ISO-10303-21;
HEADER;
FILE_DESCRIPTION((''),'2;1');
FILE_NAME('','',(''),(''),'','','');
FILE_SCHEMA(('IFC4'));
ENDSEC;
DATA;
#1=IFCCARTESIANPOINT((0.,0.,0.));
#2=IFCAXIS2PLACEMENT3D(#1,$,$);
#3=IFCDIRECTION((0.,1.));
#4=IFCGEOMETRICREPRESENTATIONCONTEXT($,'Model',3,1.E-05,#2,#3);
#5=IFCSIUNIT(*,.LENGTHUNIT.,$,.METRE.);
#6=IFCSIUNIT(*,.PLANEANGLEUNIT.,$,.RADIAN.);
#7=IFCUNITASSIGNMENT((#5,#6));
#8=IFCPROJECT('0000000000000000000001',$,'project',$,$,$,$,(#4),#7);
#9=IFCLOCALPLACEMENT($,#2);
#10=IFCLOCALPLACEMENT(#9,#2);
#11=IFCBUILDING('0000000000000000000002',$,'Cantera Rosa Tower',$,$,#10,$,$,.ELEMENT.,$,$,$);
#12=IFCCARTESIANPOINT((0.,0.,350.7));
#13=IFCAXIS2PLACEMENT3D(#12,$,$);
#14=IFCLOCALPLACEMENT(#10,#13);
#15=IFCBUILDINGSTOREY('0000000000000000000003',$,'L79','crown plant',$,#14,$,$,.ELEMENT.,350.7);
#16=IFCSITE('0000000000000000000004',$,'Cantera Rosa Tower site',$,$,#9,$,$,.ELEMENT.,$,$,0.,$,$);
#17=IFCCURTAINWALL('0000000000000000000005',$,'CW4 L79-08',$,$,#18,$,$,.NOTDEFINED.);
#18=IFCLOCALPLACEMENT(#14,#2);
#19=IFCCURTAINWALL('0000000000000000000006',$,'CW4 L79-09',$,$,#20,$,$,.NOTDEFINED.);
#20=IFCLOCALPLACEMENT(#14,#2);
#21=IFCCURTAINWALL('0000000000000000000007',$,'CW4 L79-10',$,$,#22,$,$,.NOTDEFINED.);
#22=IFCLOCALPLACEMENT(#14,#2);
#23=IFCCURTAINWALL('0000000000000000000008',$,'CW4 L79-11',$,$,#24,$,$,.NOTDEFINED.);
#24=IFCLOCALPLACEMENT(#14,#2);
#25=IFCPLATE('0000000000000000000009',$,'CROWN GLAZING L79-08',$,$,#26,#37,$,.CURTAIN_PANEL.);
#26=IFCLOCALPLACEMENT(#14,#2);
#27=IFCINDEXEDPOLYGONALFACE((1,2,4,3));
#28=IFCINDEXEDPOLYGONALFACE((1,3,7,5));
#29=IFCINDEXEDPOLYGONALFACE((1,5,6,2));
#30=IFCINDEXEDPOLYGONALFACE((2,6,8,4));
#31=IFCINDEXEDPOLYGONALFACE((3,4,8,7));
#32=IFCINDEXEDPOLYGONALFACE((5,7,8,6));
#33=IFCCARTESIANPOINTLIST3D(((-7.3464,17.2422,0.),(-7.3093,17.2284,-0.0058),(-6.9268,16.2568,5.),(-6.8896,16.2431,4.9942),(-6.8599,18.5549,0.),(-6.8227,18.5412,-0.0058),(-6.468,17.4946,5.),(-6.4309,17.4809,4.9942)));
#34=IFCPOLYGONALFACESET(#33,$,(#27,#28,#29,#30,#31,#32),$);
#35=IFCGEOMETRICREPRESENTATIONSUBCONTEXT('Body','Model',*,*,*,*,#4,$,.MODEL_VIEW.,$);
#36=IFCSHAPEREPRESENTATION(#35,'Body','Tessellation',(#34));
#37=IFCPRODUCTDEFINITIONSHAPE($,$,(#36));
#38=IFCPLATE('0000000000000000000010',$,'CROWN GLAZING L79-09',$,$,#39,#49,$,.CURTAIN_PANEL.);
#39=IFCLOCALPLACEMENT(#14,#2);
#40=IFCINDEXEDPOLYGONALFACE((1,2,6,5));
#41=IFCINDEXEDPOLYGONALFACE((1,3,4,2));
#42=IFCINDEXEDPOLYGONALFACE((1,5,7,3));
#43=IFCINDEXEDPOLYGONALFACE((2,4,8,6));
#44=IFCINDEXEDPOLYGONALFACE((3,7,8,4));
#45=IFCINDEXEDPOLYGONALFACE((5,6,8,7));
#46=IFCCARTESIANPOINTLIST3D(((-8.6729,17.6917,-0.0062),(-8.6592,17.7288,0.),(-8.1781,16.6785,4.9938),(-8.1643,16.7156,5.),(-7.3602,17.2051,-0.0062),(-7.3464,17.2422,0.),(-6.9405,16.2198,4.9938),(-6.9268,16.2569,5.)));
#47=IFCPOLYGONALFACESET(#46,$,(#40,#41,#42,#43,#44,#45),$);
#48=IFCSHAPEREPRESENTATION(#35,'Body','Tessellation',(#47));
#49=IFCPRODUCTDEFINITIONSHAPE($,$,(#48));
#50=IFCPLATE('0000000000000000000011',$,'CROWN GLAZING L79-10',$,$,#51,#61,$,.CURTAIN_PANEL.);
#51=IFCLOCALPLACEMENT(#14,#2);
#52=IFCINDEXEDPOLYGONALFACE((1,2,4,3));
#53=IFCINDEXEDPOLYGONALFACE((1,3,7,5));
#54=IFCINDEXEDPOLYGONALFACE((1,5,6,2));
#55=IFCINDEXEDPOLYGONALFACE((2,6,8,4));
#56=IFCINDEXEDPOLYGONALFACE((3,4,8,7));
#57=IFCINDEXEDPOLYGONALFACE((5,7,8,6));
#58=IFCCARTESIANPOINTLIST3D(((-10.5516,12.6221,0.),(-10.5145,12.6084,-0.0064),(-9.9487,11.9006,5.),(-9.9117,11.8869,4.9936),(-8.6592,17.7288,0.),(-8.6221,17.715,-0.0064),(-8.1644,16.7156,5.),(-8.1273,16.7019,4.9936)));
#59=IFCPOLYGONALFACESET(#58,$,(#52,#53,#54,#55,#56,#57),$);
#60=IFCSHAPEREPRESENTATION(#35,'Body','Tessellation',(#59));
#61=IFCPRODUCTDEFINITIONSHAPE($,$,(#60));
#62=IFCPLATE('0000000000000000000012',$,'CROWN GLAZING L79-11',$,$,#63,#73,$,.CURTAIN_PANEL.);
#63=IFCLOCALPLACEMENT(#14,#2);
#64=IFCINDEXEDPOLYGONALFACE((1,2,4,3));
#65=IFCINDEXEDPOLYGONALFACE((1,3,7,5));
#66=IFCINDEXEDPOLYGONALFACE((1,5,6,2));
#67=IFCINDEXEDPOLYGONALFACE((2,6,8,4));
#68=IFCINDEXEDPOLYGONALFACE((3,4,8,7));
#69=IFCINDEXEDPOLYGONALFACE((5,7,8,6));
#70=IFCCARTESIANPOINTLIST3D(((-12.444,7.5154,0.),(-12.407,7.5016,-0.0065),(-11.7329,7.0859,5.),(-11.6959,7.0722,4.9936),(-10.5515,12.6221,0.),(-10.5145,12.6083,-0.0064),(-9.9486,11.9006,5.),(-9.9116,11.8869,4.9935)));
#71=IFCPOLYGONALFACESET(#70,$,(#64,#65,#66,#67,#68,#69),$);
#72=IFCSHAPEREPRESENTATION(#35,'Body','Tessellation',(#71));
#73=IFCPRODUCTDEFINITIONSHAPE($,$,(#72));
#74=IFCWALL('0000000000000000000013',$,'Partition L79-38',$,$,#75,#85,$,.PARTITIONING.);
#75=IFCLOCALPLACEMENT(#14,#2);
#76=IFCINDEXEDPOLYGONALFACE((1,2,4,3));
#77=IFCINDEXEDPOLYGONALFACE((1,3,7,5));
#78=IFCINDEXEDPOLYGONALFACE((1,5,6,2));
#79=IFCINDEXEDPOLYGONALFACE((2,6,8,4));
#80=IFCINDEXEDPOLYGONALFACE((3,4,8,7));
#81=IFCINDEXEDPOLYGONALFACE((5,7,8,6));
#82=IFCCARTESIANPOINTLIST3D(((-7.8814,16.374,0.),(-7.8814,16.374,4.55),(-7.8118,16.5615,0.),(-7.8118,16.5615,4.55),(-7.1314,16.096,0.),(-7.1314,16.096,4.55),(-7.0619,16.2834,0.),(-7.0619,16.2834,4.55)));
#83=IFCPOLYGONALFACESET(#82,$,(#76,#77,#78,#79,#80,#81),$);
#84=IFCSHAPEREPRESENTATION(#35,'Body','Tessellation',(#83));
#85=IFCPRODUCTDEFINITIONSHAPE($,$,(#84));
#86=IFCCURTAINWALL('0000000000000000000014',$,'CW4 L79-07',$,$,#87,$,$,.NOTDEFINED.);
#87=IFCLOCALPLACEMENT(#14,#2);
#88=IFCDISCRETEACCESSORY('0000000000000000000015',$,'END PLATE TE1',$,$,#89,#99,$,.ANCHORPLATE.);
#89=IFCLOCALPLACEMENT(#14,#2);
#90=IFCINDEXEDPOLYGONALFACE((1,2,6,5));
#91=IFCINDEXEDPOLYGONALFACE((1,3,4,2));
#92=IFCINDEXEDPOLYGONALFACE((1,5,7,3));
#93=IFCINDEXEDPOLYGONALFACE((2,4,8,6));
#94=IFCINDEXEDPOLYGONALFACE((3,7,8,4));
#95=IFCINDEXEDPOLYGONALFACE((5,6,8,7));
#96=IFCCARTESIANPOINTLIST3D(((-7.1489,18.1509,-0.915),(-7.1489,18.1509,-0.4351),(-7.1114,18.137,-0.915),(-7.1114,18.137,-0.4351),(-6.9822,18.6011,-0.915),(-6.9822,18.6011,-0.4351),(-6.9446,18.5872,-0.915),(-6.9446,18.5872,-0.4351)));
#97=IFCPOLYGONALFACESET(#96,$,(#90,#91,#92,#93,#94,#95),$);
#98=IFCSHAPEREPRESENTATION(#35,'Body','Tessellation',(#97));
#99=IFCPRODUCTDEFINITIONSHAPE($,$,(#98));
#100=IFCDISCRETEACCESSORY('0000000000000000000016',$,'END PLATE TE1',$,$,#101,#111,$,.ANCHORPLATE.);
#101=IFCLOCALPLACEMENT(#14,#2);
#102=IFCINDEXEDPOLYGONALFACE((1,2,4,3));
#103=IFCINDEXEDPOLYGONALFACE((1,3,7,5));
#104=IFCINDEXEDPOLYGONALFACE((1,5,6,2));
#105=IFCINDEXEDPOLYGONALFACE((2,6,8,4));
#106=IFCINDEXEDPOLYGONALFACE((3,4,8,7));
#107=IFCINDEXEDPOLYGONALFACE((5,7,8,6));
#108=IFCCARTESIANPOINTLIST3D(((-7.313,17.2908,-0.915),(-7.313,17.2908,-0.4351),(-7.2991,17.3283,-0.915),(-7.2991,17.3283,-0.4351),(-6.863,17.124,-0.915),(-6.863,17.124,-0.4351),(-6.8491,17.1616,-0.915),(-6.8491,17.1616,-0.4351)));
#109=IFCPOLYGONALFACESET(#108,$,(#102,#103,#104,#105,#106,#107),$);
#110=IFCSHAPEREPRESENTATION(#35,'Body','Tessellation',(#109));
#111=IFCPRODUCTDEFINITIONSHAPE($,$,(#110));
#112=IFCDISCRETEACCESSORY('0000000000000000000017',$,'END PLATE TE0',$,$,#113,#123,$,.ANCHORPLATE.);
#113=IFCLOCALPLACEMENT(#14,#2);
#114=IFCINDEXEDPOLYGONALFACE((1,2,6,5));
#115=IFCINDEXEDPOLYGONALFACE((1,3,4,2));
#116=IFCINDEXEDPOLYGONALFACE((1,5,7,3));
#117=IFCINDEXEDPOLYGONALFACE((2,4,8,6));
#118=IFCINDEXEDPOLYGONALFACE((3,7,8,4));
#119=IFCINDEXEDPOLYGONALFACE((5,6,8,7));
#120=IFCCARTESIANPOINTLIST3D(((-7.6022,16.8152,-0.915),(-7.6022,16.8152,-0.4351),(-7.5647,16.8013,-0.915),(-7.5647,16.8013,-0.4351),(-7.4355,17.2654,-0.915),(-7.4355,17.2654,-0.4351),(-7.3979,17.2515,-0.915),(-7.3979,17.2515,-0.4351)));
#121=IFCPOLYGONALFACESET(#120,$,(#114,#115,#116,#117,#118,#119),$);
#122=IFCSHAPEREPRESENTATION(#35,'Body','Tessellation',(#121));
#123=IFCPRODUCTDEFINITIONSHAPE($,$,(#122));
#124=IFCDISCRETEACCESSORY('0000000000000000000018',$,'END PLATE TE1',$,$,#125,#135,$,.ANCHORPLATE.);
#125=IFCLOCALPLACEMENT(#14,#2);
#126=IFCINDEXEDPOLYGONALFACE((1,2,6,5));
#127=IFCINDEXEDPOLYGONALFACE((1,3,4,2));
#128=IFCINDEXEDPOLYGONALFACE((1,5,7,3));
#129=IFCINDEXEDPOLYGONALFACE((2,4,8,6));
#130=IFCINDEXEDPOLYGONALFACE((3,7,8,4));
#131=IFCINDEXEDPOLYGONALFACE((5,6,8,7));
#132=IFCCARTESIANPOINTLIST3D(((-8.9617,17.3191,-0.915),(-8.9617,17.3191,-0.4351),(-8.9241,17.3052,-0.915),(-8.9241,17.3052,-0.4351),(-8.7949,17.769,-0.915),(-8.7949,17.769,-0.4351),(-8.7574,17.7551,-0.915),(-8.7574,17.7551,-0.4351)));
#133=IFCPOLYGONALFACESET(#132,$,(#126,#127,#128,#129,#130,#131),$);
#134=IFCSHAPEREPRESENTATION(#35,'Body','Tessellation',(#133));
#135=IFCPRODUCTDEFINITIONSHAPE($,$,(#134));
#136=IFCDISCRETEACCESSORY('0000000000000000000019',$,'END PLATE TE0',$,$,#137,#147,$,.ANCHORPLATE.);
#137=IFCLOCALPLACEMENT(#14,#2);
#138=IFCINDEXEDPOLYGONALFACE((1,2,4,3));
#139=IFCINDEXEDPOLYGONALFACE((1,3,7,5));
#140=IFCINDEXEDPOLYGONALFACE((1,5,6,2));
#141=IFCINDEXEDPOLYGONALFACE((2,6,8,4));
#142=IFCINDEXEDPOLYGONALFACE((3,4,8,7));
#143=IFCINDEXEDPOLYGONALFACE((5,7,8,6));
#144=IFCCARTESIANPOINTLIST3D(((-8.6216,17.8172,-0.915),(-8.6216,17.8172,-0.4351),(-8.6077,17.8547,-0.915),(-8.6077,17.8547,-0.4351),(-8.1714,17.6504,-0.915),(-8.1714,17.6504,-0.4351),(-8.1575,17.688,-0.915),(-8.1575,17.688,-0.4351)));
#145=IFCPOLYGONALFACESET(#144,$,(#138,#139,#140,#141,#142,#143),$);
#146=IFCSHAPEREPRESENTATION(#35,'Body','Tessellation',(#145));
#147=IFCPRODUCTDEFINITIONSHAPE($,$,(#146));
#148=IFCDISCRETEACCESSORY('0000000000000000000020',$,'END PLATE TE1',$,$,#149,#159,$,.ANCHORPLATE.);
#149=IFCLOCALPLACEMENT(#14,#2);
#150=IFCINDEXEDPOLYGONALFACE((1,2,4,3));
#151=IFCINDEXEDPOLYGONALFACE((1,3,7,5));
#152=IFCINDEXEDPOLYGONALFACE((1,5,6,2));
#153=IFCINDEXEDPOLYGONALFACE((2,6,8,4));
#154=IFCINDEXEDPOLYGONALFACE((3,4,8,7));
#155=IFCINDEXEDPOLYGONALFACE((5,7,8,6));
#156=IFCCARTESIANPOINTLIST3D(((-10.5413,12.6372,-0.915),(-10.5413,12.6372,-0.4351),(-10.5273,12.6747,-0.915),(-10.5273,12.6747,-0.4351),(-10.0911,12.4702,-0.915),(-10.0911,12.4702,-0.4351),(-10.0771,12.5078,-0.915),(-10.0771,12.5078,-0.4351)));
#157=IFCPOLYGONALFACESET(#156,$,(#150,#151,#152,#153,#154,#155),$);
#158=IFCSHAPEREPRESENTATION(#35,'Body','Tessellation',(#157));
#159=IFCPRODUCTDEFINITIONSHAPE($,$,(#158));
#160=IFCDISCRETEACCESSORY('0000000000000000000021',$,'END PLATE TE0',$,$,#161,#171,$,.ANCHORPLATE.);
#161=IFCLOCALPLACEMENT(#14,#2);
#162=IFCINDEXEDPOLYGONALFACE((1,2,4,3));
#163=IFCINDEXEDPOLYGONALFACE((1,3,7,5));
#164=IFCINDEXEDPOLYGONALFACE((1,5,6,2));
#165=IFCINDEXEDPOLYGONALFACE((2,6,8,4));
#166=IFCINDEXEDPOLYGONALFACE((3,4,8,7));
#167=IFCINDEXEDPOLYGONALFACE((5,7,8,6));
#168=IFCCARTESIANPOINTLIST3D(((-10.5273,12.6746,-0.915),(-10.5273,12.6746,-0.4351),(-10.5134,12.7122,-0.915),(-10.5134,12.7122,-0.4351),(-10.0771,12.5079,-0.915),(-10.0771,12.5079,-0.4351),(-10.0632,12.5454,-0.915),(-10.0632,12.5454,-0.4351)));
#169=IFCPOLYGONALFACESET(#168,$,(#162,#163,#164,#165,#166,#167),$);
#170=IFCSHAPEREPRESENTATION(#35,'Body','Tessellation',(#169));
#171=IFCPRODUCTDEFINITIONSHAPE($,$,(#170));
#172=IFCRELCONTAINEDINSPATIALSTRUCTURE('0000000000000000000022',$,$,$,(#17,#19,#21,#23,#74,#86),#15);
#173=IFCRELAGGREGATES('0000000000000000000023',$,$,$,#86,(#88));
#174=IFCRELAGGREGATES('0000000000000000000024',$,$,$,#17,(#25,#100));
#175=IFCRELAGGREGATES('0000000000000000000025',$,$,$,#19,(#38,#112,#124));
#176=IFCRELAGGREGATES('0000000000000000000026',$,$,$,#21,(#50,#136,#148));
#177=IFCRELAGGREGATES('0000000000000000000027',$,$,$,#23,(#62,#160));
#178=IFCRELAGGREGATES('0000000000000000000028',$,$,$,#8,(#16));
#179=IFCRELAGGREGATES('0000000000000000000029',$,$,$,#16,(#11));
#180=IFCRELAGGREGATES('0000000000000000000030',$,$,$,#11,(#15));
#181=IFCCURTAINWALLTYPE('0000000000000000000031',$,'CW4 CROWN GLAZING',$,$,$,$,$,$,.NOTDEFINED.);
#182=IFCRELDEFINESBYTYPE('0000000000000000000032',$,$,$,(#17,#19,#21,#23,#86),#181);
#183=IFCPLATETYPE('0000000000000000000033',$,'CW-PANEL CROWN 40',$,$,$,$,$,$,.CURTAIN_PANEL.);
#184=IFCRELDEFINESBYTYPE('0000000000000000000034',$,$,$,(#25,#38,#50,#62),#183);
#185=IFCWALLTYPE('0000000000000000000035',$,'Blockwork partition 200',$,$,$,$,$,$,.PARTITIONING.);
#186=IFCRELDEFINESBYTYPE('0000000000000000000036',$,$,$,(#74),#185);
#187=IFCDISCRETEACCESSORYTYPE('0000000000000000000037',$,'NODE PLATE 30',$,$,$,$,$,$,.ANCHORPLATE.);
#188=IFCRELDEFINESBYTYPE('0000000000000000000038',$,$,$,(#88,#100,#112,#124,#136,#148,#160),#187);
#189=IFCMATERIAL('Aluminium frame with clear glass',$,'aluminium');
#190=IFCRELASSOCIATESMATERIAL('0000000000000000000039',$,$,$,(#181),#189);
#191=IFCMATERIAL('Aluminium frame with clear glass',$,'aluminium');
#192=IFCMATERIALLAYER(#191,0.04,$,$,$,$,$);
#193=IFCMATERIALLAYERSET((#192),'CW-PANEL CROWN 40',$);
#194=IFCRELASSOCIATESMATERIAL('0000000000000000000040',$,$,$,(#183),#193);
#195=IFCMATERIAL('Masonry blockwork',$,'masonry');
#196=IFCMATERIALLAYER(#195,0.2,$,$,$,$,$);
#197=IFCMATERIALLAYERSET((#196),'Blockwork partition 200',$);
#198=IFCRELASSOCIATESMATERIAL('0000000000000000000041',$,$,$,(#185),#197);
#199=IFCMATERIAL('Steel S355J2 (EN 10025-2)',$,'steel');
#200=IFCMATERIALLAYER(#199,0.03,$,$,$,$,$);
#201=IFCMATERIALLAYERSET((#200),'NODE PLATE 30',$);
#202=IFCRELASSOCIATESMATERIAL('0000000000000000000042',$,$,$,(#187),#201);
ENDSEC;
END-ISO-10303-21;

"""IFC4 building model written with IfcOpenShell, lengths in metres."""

from ifc_helpers import new_model, si_unit, direction, frame, frame_2d, origin, place, context, subcontext, project, spatial, polyline, rectangle, outline, extrude, material, layer, layer_set, type_object, element, aggregate, save


model = new_model("IFC4")

# Units and contexts
model_context = context("Model", 3, precision=1e-05, world=origin(), true_north=direction((0.0, 1.0)))
body_context = subcontext(model_context, "Body", "Model", "MODEL_VIEW")
ifc_project = project(units=[si_unit("LENGTHUNIT", "METRE"), si_unit("PLANEANGLEUNIT", "RADIAN")], contexts=[model_context])

# Site, building, storey
site_placement = place(None, origin())
site = spatial("IfcSite", under=ifc_project, at=site_placement, Name="Cantera Rosa Tower site", CompositionType="ELEMENT", RefElevation=0.0)
building_placement = place(site_placement, origin())
building = spatial("IfcBuilding", under=site, at=building_placement, Name="Cantera Rosa Tower", CompositionType="ELEMENT")
storey_placement = place(building_placement, frame((0.0, 0.0, 350.7)))
storey = spatial("IfcBuildingStorey", under=building, at=storey_placement, Name="L79", Description="crown plant", CompositionType="ELEMENT", Elevation=350.7)

# Curtain walls
ifc_material_1 = material(Name="Aluminium frame with clear glass", Category="aluminium")
curtain_wall_type = type_object("IfcCurtainWallType", Name="CW4 CROWN GLAZING", PredefinedType="NOTDEFINED", material=ifc_material_1)
curtain_wall_1_placement = place(storey_placement, origin())
curtain_wall_1 = element("IfcCurtainWall", 1, at=curtain_wall_1_placement, inside=storey, type_object=curtain_wall_type, Name="CW4 L79-08", PredefinedType="NOTDEFINED")
curtain_wall_2_placement = place(storey_placement, origin())
curtain_wall_2 = element("IfcCurtainWall", 2, at=curtain_wall_2_placement, inside=storey, type_object=curtain_wall_type, Name="CW4 L79-09", PredefinedType="NOTDEFINED")
curtain_wall_3_placement = place(storey_placement, origin())
curtain_wall_3 = element("IfcCurtainWall", 3, at=curtain_wall_3_placement, inside=storey, type_object=curtain_wall_type, Name="CW4 L79-10", PredefinedType="NOTDEFINED")
curtain_wall_4_placement = place(storey_placement, origin())
curtain_wall_4 = element("IfcCurtainWall", 4, at=curtain_wall_4_placement, inside=storey, type_object=curtain_wall_type, Name="CW4 L79-11", PredefinedType="NOTDEFINED")

# Plates
ifc_material_2 = material(Name="Aluminium frame with clear glass", Category="aluminium")
ifc_layer_1 = layer(ifc_material_2, 0.04)
ifc_layer_set_1 = layer_set([ifc_layer_1], Name="CW-PANEL CROWN 40")
plate_type = type_object("IfcPlateType", Name="CW-PANEL CROWN 40", PredefinedType="CURTAIN_PANEL", material=ifc_layer_set_1)
plate_1_placement = place(storey_placement, frame((-6.8599, 18.5549, 0.0), z_axis=(-0.927674, 0.343826, 0.145618), x_axis=(-0.347531, -0.937668, -0.000003)))
plate_1 = element("IfcPlate", 5, at=plate_1_placement, type_object=plate_type, Name="CROWN GLAZING L79-08", PredefinedType="CURTAIN_PANEL", context=body_context, shape_type="SweptSolid", body=[
    extrude(outline(polyline([(0.0, 0.0), (1.4, 0.0), (2.1781, 5.0539), (0.858, 5.0539), (0.0, 0.0)])), origin(), (0.0, 0.0, -1.0), 0.04),
])
plate_2_placement = place(storey_placement, frame((-7.3464, 17.2422, 0.0), z_axis=(0.343427, 0.926508, 0.153758), x_axis=(-0.937658, 0.34756, 0.000002)))
plate_2 = element("IfcPlate", 6, at=plate_2_placement, type_object=plate_type, Name="CROWN GLAZING L79-09", PredefinedType="CURTAIN_PANEL", context=body_context, shape_type="SweptSolid", body=[
    extrude(outline(polyline([(0.0, 0.0), (1.4, 0.0), (0.5839, 5.0602), (-0.736, 5.0602), (0.0, 0.0)])), origin(), (0.0, 0.0, -1.0), 0.04),
])
plate_3_placement = place(storey_placement, frame((-8.6592, 17.7288, 0.0), z_axis=(-0.925441, 0.34295, 0.16107), x_axis=(-0.347487, -0.937685, 0.000003)))
plate_3 = element("IfcPlate", 7, at=plate_3_placement, type_object=plate_type, Name="CROWN GLAZING L79-10", PredefinedType="CURTAIN_PANEL", context=body_context, shape_type="SweptSolid", body=[
    extrude(outline(polyline([(0.0, 0.0), (5.446, 0.0), (5.9131, 5.0661), (0.7781, 5.0662), (0.0, 0.0)])), origin(), (0.0, 0.0, -1.0), 0.04),
])
plate_4_placement = place(storey_placement, frame((-10.5515, 12.6221, 0.0), z_axis=(-0.925439, 0.342957, 0.16107), x_axis=(-0.347495, -0.937682, -0.000003)))
plate_4 = element("IfcPlate", 8, at=plate_4_placement, type_object=plate_type, Name="CROWN GLAZING L79-11", PredefinedType="CURTAIN_PANEL", context=body_context, shape_type="SweptSolid", body=[
    extrude(outline(polyline([(0.0, 0.0), (5.4461, 0.0), (5.6016, 5.0662), (0.467, 5.0661), (0.0, 0.0)])), origin(), (0.0, 0.0, -1.0), 0.04),
])

# Wall
ifc_material_3 = material(Name="Masonry blockwork", Category="masonry")
ifc_layer_2 = layer(ifc_material_3, 0.2)
ifc_layer_set_2 = layer_set([ifc_layer_2], Name="Blockwork partition 200")
wall_type = type_object("IfcWallType", Name="Blockwork partition 200", PredefinedType="PARTITIONING", material=ifc_layer_set_2)
wall_placement = place(storey_placement, frame((-7.0967, 16.1897, 0.0), z_axis=(0.0, 0.0, 1.0), x_axis=(-0.937627, 0.347642, 0.0)))
element("IfcWall", 9, at=wall_placement, inside=storey, type_object=wall_type, Name="Partition L79-38", PredefinedType="PARTITIONING", context=body_context, shape_type="SweptSolid", body=[
    extrude(rectangle(XDim=0.7998, YDim=0.2, at=frame_2d((0.3999, 0.0))), origin(), (0.0, 0.0, 1.0), 4.55),
])

# Curtain wall, discrete accessory
curtain_wall_5_placement = place(storey_placement, origin())
curtain_wall_5 = element("IfcCurtainWall", 10, at=curtain_wall_5_placement, inside=storey, type_object=curtain_wall_type, Name="CW4 L79-07", PredefinedType="NOTDEFINED")
ifc_material_4 = material(Name="Steel S355J2 (EN 10025-2)", Category="steel")
ifc_layer_3 = layer(ifc_material_4, 0.03)
ifc_layer_set_3 = layer_set([ifc_layer_3], Name="NODE PLATE 30")
discrete_accessory_type = type_object("IfcDiscreteAccessoryType", Name="NODE PLATE 30", PredefinedType="ANCHORPLATE", material=ifc_layer_set_3)
discrete_accessory_1_placement = place(storey_placement, frame((-7.1489, 18.1509, -0.4351), z_axis=(-0.937743, 0.347331, 0.0), x_axis=(0.347331, 0.937743, 0.0)))
discrete_accessory_1 = element("IfcDiscreteAccessory", 11, at=discrete_accessory_1_placement, type_object=discrete_accessory_type, Name="END PLATE TE1", PredefinedType="ANCHORPLATE", context=body_context, shape_type="SweptSolid", body=[
    extrude(outline(polyline([(0.0, 0.0), (0.4801, 0.0), (0.4801, 0.48), (0.0, 0.48), (0.0, 0.0)])), origin(), (0.0, 0.0, -1.0), 0.04),
])
aggregate(curtain_wall_5, [discrete_accessory_1])

# Discrete accessories
discrete_accessory_2_placement = place(storey_placement, frame((-6.863, 17.124, -0.4351), z_axis=(-0.347497, -0.937681, 0.0), x_axis=(-0.937681, 0.347497, 0.0)))
discrete_accessory_2 = element("IfcDiscreteAccessory", 12, at=discrete_accessory_2_placement, type_object=discrete_accessory_type, Name="END PLATE TE1", PredefinedType="ANCHORPLATE", context=body_context, shape_type="SweptSolid", body=[
    extrude(outline(polyline([(0.0, 0.0), (0.4799, 0.0), (0.4799, 0.48), (0.0, 0.48), (0.0, 0.0)])), origin(), (0.0, 0.0, -1.0), 0.04),
])
aggregate(curtain_wall_1, [plate_1, discrete_accessory_2])
discrete_accessory_3_placement = place(storey_placement, frame((-7.3979, 17.2515, -0.4351), z_axis=(0.937743, -0.347331, 0.0), x_axis=(-0.347331, -0.937743, 0.0)))
discrete_accessory_3 = element("IfcDiscreteAccessory", 13, at=discrete_accessory_3_placement, type_object=discrete_accessory_type, Name="END PLATE TE0", PredefinedType="ANCHORPLATE", context=body_context, shape_type="SweptSolid", body=[
    extrude(outline(polyline([(0.0, 0.0), (0.4801, 0.0), (0.4801, 0.48), (0.0, 0.48), (0.0, 0.0)])), origin(), (0.0, 0.0, -1.0), 0.04),
])
discrete_accessory_4_placement = place(storey_placement, frame((-8.9617, 17.3191, -0.4351), z_axis=(-0.937681, 0.347497, 0.0), x_axis=(0.347497, 0.937681, 0.0)))
discrete_accessory_4 = element("IfcDiscreteAccessory", 14, at=discrete_accessory_4_placement, type_object=discrete_accessory_type, Name="END PLATE TE1", PredefinedType="ANCHORPLATE", context=body_context, shape_type="SweptSolid", body=[
    extrude(outline(polyline([(0.0, 0.0), (0.4799, 0.0), (0.4799, 0.48), (0.0, 0.48), (0.0, 0.0)])), origin(), (0.0, 0.0, -1.0), 0.04),
])
aggregate(curtain_wall_2, [plate_2, discrete_accessory_3, discrete_accessory_4])
discrete_accessory_5_placement = place(storey_placement, frame((-8.6077, 17.8547, -0.4351), z_axis=(0.347331, 0.937743, 0.0), x_axis=(0.937743, -0.347331, 0.0)))
discrete_accessory_5 = element("IfcDiscreteAccessory", 15, at=discrete_accessory_5_placement, type_object=discrete_accessory_type, Name="END PLATE TE0", PredefinedType="ANCHORPLATE", context=body_context, shape_type="SweptSolid", body=[
    extrude(outline(polyline([(0.0, 0.0), (0.4801, 0.0), (0.4801, 0.48), (0.0, 0.48), (0.0, 0.0)])), origin(), (0.0, 0.0, -1.0), 0.04),
])
discrete_accessory_6_placement = place(storey_placement, frame((-10.0911, 12.4702, -0.4351), z_axis=(-0.347778, -0.937577, 0.0), x_axis=(-0.937577, 0.347778, 0.0)))
discrete_accessory_6 = element("IfcDiscreteAccessory", 16, at=discrete_accessory_6_placement, type_object=discrete_accessory_type, Name="END PLATE TE1", PredefinedType="ANCHORPLATE", context=body_context, shape_type="SweptSolid", body=[
    extrude(outline(polyline([(0.0, 0.0), (0.4802, 0.0), (0.4802, 0.48), (0.0, 0.48), (0.0, 0.0)])), origin(), (0.0, 0.0, -1.0), 0.04),
])
aggregate(curtain_wall_3, [plate_3, discrete_accessory_5, discrete_accessory_6])
discrete_accessory_7_placement = place(storey_placement, frame((-10.5134, 12.7122, -0.4351), z_axis=(0.347331, 0.937743, 0.0), x_axis=(0.937743, -0.347331, 0.0)))
discrete_accessory_7 = element("IfcDiscreteAccessory", 17, at=discrete_accessory_7_placement, type_object=discrete_accessory_type, Name="END PLATE TE0", PredefinedType="ANCHORPLATE", context=body_context, shape_type="SweptSolid", body=[
    extrude(outline(polyline([(0.0, 0.0), (0.4801, 0.0), (0.4801, 0.48), (0.0, 0.48), (0.0, 0.0)])), origin(), (0.0, 0.0, -1.0), 0.04),
])
aggregate(curtain_wall_4, [plate_4, discrete_accessory_7])

save(model, "model.ifc")
